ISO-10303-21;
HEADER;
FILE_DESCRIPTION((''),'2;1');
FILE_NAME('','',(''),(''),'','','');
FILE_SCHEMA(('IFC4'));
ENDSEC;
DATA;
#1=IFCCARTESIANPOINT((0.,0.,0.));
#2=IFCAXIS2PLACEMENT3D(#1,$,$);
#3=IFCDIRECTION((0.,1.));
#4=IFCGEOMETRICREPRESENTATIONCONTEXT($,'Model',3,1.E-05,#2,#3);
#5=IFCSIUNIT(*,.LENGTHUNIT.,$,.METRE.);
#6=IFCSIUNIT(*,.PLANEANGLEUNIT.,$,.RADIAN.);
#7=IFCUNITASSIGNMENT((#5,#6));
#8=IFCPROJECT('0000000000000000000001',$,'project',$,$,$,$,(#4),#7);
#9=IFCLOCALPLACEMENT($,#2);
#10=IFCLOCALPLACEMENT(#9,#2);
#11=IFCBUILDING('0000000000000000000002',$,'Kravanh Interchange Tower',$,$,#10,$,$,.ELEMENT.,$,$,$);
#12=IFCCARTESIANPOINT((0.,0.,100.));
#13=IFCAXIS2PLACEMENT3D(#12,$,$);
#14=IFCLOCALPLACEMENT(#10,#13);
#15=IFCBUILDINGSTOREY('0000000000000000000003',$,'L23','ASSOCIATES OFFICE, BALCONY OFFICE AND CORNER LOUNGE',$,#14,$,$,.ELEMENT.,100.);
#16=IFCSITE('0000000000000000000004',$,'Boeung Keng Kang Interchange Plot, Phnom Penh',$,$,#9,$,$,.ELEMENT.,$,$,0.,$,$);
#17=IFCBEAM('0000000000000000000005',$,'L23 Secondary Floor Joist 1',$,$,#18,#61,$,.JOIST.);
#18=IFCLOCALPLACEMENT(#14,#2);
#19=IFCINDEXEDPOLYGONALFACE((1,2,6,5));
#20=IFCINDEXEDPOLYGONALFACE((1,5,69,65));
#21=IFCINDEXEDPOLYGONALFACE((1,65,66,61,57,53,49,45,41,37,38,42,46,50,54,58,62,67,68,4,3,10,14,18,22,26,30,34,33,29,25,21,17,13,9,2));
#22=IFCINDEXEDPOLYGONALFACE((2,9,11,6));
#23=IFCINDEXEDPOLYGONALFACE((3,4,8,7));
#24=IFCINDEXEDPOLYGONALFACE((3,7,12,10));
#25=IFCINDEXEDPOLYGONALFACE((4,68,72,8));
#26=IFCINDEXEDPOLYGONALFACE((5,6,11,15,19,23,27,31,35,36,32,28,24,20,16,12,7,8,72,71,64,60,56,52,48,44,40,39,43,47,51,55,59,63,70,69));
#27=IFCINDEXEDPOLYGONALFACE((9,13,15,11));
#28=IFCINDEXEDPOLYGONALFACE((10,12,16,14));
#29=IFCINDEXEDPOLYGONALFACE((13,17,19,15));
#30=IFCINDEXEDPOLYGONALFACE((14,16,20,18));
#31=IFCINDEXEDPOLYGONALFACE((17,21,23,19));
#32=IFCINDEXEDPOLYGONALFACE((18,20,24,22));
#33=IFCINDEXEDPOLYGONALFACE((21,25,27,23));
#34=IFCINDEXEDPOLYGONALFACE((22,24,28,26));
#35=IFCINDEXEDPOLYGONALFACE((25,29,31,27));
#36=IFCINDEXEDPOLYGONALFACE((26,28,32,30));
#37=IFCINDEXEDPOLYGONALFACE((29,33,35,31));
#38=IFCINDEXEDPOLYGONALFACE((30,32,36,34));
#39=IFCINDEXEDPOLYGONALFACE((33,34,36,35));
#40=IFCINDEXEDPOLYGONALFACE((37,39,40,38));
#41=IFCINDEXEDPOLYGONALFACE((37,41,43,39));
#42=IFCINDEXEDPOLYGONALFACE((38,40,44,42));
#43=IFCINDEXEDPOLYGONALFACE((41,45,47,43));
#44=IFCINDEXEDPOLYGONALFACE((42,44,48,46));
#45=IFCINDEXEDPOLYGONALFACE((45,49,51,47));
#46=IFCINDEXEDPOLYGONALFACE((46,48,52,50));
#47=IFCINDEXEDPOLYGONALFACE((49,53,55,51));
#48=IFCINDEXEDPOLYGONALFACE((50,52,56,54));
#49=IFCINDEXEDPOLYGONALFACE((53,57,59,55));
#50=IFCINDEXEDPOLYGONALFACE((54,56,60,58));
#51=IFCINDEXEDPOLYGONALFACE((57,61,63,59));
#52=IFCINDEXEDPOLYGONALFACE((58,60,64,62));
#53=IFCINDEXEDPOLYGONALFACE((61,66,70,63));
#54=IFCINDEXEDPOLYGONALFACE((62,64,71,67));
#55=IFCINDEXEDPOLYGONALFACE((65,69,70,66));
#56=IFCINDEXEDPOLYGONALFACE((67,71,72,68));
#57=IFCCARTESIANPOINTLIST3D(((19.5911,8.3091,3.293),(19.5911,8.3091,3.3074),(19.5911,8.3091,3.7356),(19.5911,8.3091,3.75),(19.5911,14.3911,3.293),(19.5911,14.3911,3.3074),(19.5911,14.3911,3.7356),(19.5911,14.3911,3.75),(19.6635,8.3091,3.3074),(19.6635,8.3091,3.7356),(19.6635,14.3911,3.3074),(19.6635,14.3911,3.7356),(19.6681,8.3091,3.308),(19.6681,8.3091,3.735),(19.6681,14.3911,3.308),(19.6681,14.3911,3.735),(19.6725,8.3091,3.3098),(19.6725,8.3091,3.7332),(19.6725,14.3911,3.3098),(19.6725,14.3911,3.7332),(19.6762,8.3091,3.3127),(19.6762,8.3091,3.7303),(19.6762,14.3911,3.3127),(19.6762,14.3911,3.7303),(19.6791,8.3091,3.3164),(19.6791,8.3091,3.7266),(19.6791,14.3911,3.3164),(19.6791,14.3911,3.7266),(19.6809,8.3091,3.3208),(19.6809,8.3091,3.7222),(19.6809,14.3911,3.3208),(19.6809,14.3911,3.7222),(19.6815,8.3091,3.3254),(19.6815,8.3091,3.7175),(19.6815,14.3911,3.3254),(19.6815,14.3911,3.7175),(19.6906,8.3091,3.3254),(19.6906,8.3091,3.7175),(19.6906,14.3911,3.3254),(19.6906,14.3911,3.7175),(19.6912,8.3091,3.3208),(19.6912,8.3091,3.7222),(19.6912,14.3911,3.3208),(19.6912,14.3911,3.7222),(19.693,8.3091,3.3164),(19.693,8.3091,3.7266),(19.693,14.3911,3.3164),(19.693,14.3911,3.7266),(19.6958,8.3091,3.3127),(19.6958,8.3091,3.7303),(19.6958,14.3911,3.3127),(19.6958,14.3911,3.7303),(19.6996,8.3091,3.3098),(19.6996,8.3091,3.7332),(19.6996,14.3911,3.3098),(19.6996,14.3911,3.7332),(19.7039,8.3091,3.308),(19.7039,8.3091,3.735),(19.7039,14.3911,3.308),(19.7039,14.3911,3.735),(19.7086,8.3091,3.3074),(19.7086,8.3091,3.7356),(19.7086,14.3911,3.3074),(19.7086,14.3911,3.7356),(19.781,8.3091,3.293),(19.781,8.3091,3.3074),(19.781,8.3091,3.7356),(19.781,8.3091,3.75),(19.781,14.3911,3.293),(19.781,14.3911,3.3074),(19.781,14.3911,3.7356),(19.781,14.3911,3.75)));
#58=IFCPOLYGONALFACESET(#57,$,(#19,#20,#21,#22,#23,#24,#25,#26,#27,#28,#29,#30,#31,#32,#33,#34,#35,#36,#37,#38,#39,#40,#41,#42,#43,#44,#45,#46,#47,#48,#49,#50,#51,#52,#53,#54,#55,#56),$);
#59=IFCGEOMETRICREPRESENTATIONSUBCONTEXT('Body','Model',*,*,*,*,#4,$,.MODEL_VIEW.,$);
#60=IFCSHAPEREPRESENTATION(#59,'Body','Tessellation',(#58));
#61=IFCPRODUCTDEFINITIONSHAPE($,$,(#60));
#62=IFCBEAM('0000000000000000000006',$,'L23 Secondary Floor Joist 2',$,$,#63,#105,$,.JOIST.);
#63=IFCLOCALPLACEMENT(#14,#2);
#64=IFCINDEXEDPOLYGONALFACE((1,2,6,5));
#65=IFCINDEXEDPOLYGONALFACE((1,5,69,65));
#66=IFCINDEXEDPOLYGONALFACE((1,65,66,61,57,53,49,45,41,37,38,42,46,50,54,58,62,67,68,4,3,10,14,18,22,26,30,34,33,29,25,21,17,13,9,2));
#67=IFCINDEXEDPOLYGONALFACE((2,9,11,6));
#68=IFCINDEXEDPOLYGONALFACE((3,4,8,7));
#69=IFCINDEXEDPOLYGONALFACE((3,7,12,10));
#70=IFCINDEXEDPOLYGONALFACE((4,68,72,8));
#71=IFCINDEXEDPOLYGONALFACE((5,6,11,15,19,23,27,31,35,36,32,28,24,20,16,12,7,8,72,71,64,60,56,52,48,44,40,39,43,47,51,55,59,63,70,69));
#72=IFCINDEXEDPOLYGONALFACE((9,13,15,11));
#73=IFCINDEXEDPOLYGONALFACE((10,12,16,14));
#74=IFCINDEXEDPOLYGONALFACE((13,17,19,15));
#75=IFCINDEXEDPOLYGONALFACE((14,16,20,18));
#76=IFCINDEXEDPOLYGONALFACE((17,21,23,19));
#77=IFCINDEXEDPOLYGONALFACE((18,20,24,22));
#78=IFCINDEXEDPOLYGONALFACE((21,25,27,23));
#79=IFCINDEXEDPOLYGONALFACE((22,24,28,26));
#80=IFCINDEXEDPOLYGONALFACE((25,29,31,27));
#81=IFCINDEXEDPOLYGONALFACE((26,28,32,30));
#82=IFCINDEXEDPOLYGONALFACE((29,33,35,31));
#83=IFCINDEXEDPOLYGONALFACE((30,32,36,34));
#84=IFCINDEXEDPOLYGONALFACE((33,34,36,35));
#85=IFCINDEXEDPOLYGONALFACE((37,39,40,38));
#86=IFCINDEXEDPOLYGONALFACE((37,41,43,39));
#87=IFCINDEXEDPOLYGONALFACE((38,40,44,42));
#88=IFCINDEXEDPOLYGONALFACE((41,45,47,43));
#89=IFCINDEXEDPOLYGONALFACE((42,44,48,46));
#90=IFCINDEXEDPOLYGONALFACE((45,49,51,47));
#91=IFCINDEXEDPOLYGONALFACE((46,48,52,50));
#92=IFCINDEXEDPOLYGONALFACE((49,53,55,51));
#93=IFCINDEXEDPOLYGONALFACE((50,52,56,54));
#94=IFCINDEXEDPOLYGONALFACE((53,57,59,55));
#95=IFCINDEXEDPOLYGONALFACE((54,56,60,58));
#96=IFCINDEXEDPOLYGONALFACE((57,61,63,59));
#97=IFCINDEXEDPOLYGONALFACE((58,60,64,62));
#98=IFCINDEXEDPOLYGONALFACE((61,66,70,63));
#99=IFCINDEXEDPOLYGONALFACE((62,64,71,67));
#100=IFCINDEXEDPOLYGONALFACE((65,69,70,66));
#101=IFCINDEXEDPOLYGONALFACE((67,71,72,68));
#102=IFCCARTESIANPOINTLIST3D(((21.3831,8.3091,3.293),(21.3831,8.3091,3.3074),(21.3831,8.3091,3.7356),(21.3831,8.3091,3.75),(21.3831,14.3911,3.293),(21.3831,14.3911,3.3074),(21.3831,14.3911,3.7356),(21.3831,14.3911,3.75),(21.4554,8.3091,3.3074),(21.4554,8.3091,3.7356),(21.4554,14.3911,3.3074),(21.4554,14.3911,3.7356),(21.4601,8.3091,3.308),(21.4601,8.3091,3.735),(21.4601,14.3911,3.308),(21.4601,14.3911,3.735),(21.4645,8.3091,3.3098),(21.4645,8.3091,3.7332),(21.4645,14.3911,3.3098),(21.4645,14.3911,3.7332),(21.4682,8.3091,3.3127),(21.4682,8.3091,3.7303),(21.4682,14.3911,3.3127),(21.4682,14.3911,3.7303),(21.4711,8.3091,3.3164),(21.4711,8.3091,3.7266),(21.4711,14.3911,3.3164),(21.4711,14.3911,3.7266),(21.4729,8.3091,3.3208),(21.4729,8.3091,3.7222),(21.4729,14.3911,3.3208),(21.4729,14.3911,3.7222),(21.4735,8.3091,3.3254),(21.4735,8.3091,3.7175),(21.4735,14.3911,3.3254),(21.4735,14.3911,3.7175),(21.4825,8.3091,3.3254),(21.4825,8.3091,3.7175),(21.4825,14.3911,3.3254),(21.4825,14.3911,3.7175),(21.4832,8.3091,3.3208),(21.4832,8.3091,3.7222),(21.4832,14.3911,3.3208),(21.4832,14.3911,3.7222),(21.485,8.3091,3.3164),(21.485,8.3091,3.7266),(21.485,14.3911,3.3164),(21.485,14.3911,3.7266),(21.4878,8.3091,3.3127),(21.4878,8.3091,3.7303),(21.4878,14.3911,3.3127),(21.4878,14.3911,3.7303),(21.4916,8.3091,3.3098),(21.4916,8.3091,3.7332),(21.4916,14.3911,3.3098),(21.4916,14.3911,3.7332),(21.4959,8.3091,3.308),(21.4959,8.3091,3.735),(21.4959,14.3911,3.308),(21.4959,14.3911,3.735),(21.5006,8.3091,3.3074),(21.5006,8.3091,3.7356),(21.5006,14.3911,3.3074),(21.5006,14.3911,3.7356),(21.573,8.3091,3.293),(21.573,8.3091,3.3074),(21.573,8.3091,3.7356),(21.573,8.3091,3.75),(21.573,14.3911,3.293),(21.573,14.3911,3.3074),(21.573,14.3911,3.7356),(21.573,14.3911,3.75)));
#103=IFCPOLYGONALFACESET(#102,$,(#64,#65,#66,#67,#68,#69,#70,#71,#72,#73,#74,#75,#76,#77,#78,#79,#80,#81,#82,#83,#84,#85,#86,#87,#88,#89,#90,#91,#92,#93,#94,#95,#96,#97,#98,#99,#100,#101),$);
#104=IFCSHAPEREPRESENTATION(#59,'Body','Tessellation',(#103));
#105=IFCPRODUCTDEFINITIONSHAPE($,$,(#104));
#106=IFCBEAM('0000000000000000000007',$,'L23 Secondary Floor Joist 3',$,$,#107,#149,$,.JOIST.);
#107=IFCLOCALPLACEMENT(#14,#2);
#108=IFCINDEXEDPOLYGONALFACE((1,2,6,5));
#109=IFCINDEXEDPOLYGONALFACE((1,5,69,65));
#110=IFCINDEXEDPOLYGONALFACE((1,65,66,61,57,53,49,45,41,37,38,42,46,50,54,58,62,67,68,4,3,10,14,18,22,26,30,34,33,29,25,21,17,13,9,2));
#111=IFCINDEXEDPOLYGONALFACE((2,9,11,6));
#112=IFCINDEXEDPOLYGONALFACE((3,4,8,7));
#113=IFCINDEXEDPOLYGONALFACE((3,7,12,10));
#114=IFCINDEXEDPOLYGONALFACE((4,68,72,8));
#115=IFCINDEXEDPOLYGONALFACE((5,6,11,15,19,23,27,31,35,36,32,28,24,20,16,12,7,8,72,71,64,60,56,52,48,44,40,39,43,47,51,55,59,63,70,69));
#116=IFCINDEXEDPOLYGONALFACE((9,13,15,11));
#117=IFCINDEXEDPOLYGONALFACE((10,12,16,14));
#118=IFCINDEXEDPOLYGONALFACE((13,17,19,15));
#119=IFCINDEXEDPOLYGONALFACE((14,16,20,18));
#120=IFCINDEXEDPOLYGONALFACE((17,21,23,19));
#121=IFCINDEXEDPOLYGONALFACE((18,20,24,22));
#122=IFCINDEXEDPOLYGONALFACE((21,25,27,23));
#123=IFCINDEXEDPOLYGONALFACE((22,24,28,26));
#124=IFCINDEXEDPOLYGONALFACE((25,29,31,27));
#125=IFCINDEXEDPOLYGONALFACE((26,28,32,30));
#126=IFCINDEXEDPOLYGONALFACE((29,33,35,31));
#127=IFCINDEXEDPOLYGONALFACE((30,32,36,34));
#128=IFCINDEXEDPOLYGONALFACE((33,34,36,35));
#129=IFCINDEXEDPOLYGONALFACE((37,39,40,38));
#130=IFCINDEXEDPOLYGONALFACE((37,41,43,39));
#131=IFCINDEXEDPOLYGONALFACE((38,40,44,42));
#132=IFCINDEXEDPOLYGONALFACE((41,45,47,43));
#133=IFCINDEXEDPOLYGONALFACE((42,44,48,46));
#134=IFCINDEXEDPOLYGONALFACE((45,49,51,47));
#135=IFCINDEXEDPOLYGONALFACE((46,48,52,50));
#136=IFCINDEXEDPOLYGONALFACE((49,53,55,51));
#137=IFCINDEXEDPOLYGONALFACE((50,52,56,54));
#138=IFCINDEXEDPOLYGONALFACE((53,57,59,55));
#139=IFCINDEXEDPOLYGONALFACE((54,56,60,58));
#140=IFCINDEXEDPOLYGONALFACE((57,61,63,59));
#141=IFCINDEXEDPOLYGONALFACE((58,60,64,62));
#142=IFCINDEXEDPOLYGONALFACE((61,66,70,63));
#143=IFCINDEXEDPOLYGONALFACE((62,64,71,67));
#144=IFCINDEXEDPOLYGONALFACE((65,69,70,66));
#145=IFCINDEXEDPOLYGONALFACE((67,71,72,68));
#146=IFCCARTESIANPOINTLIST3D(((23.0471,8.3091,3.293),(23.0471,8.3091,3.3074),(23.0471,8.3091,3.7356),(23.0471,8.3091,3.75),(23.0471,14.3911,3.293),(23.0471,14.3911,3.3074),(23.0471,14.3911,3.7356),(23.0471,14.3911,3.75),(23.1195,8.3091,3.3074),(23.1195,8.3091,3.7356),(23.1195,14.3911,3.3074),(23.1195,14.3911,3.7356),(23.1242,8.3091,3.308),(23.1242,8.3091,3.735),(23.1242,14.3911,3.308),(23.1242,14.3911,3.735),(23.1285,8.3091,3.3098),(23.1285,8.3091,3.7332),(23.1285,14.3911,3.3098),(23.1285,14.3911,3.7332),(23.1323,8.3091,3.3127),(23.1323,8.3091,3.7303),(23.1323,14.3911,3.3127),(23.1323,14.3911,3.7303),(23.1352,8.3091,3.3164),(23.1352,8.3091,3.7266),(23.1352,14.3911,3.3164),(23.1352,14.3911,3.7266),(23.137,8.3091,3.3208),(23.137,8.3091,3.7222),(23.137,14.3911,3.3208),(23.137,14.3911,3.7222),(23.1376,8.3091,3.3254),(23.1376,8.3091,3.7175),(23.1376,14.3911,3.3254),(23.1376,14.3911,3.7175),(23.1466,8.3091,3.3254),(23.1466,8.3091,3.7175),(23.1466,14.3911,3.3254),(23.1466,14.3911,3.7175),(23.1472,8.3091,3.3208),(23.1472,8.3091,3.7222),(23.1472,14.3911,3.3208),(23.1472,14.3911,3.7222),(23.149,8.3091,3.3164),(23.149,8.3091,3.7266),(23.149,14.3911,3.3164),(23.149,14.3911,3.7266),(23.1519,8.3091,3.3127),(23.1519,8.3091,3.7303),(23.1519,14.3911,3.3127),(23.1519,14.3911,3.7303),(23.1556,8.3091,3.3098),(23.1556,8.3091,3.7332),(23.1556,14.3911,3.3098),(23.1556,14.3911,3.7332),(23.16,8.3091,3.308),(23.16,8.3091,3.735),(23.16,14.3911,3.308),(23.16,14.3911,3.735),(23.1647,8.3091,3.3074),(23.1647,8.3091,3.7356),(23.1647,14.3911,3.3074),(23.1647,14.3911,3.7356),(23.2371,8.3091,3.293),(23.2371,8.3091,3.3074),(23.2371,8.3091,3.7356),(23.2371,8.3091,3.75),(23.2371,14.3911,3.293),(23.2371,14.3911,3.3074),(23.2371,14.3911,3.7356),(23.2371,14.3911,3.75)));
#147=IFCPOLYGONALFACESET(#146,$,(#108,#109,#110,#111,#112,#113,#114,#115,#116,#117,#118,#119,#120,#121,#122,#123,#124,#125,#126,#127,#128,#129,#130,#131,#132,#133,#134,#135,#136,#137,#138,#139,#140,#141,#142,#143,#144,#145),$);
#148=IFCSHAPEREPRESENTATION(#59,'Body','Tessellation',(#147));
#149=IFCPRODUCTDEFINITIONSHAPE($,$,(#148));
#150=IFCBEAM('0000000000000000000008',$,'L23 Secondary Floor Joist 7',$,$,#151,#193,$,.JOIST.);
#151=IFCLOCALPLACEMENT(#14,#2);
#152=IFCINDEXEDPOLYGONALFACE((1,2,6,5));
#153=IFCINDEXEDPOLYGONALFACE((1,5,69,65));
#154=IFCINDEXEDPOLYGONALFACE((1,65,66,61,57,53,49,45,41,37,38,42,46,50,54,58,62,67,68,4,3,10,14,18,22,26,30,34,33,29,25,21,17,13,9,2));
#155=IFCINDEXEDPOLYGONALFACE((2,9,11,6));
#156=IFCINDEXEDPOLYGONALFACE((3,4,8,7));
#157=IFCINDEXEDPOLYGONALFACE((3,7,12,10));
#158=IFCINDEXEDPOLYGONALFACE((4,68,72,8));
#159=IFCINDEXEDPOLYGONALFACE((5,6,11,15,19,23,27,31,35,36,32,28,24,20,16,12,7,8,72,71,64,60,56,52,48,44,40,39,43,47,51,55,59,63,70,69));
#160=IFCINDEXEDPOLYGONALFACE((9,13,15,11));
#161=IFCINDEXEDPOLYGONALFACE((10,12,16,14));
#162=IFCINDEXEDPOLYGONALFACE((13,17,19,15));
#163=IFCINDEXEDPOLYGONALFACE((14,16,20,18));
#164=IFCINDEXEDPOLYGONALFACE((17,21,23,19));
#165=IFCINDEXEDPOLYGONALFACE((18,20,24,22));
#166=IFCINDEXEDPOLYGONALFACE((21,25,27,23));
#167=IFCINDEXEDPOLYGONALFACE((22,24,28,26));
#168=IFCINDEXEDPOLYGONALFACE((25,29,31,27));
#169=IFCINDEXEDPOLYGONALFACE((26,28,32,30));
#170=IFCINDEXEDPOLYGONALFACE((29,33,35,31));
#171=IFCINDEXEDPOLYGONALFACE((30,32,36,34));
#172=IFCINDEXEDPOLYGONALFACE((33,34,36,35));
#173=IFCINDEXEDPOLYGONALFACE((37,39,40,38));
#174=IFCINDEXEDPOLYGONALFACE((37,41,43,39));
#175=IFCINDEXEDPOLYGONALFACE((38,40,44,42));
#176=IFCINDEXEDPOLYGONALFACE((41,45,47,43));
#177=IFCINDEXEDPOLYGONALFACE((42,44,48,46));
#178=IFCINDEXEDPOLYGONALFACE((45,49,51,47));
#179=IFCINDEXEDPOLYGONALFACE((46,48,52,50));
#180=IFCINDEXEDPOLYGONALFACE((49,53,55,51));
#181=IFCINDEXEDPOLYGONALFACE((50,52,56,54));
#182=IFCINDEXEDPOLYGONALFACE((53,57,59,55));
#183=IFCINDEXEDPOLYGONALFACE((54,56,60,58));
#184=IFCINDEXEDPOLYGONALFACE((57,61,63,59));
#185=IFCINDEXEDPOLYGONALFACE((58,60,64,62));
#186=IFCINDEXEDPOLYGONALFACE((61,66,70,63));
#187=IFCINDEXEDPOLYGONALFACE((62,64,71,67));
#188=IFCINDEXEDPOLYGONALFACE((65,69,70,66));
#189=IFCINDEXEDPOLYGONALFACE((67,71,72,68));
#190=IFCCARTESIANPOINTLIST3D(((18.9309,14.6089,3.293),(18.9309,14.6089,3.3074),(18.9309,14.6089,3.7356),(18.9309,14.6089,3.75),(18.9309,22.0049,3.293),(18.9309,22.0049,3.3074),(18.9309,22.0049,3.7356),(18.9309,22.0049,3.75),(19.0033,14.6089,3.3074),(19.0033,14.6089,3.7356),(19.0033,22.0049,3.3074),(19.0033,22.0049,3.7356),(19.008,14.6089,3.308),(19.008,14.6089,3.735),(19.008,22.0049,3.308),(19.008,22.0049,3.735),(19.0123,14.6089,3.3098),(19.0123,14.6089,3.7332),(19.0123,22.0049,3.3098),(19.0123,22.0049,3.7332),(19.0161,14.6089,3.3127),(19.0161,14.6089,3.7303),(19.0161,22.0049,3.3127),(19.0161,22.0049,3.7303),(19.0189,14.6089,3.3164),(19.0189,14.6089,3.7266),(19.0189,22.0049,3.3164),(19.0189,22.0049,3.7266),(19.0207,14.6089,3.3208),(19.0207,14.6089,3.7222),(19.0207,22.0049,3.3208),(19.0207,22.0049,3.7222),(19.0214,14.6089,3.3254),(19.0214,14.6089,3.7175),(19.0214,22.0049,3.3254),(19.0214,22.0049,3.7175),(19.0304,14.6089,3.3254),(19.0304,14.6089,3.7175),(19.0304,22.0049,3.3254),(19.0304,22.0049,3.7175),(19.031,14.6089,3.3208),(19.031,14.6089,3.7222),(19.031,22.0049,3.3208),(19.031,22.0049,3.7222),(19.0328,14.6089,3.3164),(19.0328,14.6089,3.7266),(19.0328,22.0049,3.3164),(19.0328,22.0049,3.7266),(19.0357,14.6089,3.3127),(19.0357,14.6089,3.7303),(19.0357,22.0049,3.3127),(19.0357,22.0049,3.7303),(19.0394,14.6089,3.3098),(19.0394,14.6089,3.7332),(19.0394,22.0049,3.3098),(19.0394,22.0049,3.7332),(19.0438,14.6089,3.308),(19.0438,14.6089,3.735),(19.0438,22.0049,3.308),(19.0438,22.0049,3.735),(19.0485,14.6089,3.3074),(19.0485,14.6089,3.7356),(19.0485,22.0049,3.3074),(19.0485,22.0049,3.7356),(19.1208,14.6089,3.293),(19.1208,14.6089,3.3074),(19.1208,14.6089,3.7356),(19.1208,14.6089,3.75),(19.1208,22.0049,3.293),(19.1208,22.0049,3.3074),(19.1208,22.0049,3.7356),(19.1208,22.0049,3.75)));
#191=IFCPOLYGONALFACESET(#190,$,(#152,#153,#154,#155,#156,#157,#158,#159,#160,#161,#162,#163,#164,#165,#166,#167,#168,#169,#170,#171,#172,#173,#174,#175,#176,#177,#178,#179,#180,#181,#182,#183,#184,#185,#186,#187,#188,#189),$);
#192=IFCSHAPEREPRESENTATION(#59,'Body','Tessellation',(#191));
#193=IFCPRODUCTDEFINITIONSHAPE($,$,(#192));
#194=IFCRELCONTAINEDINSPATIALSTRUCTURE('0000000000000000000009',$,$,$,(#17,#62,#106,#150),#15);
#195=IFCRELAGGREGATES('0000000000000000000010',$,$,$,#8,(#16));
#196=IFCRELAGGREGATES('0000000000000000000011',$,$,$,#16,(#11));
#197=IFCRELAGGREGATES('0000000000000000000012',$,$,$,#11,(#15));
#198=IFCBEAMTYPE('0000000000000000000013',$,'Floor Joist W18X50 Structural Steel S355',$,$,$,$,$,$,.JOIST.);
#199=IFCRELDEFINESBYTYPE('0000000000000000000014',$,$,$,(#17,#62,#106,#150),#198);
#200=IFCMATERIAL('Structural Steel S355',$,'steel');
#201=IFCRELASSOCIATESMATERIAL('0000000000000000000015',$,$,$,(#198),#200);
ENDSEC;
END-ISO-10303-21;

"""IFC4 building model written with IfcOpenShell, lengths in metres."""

from ifc_helpers import new_model, si_unit, direction, frame, origin, origin_2d, place, context, subcontext, project, spatial, i_section, extrude, material, material_profile, profile_set, type_object, element, save


model = new_model("IFC4")

# Units and contexts
model_context = context("Model", 3, precision=1e-05, world=origin(), true_north=direction((0.0, 1.0)))
body_context = subcontext(model_context, "Body", "Model", "MODEL_VIEW")
ifc_project = project(units=[si_unit("LENGTHUNIT", "METRE"), si_unit("PLANEANGLEUNIT", "RADIAN")], contexts=[model_context])

# Site, building, storey
site_placement = place(None, origin())
site = spatial("IfcSite", under=ifc_project, at=site_placement, Name="Boeung Keng Kang Interchange Plot, Phnom Penh", CompositionType="ELEMENT", RefElevation=0.0)
building_placement = place(site_placement, origin())
building = spatial("IfcBuilding", under=site, at=building_placement, Name="Kravanh Interchange Tower", CompositionType="ELEMENT")
storey_placement = place(building_placement, frame((0.0, 0.0, 100.0)))
storey = spatial("IfcBuildingStorey", under=building, at=storey_placement, Name="L23", Description="ASSOCIATES OFFICE, BALCONY OFFICE AND CORNER LOUNGE", CompositionType="ELEMENT", Elevation=100.0)

# Beams
ifc_material_1 = material(Name="Structural Steel S355", Category="steel")
ifc_material_profile_1 = material_profile(ifc_material_1, i_section(OverallWidth=0.1899, OverallDepth=0.457, WebThickness=0.009, FlangeThickness=0.0144, FilletRadius=0.0181, at=origin_2d()), Name="W18X50")
ifc_profile_set_1 = profile_set([ifc_material_profile_1], Name="Structural Steel S355")
beam_type_1 = type_object("IfcBeamType", Name="Floor Joist W18X50 Structural Steel S355", PredefinedType="JOIST", material=ifc_profile_set_1)
for number, where, z_axis, x_axis, name in (
    (1, (19.686, 8.3091, 3.5215), (0.0, 1.0, 0.0), (-1.0, 0.0, 0.0), "L23 Secondary Floor Joist 1"),
    (2, (21.478, 8.3091, 3.5215), (0.0, 1.0, 0.0), (-1.0, 0.0, 0.0), "L23 Secondary Floor Joist 2"),
    (3, (23.1421, 8.3091, 3.5215), (0.0, 1.0, 0.0), (-1.0, 0.0, 0.0), "L23 Secondary Floor Joist 3"),
):
    element("IfcBeam", number, at=place(storey_placement, frame(where, z_axis=z_axis, x_axis=x_axis)), inside=storey, type_object=beam_type_1, Name=name, PredefinedType="JOIST", context=body_context, shape_type="SweptSolid", body=[
        extrude(i_section(OverallWidth=0.1899, OverallDepth=0.457, WebThickness=0.009, FlangeThickness=0.0144, FilletRadius=0.0181, at=origin_2d()), origin(), (0.0, 0.0, 1.0), 6.082),
    ])
for number, where, z_axis, x_axis, name in (
    (4, (19.0259, 14.6089, 3.5215), (0.0, 1.0, 0.0), (-1.0, 0.0, 0.0), "L23 Secondary Floor Joist 7"),
):
    element("IfcBeam", number, at=place(storey_placement, frame(where, z_axis=z_axis, x_axis=x_axis)), inside=storey, type_object=beam_type_1, Name=name, PredefinedType="JOIST", context=body_context, shape_type="SweptSolid", body=[
        extrude(i_section(OverallWidth=0.1899, OverallDepth=0.457, WebThickness=0.009, FlangeThickness=0.0144, FilletRadius=0.0181, at=origin_2d()), origin(), (0.0, 0.0, 1.0), 7.396),
    ])

save(model, "model.ifc")
